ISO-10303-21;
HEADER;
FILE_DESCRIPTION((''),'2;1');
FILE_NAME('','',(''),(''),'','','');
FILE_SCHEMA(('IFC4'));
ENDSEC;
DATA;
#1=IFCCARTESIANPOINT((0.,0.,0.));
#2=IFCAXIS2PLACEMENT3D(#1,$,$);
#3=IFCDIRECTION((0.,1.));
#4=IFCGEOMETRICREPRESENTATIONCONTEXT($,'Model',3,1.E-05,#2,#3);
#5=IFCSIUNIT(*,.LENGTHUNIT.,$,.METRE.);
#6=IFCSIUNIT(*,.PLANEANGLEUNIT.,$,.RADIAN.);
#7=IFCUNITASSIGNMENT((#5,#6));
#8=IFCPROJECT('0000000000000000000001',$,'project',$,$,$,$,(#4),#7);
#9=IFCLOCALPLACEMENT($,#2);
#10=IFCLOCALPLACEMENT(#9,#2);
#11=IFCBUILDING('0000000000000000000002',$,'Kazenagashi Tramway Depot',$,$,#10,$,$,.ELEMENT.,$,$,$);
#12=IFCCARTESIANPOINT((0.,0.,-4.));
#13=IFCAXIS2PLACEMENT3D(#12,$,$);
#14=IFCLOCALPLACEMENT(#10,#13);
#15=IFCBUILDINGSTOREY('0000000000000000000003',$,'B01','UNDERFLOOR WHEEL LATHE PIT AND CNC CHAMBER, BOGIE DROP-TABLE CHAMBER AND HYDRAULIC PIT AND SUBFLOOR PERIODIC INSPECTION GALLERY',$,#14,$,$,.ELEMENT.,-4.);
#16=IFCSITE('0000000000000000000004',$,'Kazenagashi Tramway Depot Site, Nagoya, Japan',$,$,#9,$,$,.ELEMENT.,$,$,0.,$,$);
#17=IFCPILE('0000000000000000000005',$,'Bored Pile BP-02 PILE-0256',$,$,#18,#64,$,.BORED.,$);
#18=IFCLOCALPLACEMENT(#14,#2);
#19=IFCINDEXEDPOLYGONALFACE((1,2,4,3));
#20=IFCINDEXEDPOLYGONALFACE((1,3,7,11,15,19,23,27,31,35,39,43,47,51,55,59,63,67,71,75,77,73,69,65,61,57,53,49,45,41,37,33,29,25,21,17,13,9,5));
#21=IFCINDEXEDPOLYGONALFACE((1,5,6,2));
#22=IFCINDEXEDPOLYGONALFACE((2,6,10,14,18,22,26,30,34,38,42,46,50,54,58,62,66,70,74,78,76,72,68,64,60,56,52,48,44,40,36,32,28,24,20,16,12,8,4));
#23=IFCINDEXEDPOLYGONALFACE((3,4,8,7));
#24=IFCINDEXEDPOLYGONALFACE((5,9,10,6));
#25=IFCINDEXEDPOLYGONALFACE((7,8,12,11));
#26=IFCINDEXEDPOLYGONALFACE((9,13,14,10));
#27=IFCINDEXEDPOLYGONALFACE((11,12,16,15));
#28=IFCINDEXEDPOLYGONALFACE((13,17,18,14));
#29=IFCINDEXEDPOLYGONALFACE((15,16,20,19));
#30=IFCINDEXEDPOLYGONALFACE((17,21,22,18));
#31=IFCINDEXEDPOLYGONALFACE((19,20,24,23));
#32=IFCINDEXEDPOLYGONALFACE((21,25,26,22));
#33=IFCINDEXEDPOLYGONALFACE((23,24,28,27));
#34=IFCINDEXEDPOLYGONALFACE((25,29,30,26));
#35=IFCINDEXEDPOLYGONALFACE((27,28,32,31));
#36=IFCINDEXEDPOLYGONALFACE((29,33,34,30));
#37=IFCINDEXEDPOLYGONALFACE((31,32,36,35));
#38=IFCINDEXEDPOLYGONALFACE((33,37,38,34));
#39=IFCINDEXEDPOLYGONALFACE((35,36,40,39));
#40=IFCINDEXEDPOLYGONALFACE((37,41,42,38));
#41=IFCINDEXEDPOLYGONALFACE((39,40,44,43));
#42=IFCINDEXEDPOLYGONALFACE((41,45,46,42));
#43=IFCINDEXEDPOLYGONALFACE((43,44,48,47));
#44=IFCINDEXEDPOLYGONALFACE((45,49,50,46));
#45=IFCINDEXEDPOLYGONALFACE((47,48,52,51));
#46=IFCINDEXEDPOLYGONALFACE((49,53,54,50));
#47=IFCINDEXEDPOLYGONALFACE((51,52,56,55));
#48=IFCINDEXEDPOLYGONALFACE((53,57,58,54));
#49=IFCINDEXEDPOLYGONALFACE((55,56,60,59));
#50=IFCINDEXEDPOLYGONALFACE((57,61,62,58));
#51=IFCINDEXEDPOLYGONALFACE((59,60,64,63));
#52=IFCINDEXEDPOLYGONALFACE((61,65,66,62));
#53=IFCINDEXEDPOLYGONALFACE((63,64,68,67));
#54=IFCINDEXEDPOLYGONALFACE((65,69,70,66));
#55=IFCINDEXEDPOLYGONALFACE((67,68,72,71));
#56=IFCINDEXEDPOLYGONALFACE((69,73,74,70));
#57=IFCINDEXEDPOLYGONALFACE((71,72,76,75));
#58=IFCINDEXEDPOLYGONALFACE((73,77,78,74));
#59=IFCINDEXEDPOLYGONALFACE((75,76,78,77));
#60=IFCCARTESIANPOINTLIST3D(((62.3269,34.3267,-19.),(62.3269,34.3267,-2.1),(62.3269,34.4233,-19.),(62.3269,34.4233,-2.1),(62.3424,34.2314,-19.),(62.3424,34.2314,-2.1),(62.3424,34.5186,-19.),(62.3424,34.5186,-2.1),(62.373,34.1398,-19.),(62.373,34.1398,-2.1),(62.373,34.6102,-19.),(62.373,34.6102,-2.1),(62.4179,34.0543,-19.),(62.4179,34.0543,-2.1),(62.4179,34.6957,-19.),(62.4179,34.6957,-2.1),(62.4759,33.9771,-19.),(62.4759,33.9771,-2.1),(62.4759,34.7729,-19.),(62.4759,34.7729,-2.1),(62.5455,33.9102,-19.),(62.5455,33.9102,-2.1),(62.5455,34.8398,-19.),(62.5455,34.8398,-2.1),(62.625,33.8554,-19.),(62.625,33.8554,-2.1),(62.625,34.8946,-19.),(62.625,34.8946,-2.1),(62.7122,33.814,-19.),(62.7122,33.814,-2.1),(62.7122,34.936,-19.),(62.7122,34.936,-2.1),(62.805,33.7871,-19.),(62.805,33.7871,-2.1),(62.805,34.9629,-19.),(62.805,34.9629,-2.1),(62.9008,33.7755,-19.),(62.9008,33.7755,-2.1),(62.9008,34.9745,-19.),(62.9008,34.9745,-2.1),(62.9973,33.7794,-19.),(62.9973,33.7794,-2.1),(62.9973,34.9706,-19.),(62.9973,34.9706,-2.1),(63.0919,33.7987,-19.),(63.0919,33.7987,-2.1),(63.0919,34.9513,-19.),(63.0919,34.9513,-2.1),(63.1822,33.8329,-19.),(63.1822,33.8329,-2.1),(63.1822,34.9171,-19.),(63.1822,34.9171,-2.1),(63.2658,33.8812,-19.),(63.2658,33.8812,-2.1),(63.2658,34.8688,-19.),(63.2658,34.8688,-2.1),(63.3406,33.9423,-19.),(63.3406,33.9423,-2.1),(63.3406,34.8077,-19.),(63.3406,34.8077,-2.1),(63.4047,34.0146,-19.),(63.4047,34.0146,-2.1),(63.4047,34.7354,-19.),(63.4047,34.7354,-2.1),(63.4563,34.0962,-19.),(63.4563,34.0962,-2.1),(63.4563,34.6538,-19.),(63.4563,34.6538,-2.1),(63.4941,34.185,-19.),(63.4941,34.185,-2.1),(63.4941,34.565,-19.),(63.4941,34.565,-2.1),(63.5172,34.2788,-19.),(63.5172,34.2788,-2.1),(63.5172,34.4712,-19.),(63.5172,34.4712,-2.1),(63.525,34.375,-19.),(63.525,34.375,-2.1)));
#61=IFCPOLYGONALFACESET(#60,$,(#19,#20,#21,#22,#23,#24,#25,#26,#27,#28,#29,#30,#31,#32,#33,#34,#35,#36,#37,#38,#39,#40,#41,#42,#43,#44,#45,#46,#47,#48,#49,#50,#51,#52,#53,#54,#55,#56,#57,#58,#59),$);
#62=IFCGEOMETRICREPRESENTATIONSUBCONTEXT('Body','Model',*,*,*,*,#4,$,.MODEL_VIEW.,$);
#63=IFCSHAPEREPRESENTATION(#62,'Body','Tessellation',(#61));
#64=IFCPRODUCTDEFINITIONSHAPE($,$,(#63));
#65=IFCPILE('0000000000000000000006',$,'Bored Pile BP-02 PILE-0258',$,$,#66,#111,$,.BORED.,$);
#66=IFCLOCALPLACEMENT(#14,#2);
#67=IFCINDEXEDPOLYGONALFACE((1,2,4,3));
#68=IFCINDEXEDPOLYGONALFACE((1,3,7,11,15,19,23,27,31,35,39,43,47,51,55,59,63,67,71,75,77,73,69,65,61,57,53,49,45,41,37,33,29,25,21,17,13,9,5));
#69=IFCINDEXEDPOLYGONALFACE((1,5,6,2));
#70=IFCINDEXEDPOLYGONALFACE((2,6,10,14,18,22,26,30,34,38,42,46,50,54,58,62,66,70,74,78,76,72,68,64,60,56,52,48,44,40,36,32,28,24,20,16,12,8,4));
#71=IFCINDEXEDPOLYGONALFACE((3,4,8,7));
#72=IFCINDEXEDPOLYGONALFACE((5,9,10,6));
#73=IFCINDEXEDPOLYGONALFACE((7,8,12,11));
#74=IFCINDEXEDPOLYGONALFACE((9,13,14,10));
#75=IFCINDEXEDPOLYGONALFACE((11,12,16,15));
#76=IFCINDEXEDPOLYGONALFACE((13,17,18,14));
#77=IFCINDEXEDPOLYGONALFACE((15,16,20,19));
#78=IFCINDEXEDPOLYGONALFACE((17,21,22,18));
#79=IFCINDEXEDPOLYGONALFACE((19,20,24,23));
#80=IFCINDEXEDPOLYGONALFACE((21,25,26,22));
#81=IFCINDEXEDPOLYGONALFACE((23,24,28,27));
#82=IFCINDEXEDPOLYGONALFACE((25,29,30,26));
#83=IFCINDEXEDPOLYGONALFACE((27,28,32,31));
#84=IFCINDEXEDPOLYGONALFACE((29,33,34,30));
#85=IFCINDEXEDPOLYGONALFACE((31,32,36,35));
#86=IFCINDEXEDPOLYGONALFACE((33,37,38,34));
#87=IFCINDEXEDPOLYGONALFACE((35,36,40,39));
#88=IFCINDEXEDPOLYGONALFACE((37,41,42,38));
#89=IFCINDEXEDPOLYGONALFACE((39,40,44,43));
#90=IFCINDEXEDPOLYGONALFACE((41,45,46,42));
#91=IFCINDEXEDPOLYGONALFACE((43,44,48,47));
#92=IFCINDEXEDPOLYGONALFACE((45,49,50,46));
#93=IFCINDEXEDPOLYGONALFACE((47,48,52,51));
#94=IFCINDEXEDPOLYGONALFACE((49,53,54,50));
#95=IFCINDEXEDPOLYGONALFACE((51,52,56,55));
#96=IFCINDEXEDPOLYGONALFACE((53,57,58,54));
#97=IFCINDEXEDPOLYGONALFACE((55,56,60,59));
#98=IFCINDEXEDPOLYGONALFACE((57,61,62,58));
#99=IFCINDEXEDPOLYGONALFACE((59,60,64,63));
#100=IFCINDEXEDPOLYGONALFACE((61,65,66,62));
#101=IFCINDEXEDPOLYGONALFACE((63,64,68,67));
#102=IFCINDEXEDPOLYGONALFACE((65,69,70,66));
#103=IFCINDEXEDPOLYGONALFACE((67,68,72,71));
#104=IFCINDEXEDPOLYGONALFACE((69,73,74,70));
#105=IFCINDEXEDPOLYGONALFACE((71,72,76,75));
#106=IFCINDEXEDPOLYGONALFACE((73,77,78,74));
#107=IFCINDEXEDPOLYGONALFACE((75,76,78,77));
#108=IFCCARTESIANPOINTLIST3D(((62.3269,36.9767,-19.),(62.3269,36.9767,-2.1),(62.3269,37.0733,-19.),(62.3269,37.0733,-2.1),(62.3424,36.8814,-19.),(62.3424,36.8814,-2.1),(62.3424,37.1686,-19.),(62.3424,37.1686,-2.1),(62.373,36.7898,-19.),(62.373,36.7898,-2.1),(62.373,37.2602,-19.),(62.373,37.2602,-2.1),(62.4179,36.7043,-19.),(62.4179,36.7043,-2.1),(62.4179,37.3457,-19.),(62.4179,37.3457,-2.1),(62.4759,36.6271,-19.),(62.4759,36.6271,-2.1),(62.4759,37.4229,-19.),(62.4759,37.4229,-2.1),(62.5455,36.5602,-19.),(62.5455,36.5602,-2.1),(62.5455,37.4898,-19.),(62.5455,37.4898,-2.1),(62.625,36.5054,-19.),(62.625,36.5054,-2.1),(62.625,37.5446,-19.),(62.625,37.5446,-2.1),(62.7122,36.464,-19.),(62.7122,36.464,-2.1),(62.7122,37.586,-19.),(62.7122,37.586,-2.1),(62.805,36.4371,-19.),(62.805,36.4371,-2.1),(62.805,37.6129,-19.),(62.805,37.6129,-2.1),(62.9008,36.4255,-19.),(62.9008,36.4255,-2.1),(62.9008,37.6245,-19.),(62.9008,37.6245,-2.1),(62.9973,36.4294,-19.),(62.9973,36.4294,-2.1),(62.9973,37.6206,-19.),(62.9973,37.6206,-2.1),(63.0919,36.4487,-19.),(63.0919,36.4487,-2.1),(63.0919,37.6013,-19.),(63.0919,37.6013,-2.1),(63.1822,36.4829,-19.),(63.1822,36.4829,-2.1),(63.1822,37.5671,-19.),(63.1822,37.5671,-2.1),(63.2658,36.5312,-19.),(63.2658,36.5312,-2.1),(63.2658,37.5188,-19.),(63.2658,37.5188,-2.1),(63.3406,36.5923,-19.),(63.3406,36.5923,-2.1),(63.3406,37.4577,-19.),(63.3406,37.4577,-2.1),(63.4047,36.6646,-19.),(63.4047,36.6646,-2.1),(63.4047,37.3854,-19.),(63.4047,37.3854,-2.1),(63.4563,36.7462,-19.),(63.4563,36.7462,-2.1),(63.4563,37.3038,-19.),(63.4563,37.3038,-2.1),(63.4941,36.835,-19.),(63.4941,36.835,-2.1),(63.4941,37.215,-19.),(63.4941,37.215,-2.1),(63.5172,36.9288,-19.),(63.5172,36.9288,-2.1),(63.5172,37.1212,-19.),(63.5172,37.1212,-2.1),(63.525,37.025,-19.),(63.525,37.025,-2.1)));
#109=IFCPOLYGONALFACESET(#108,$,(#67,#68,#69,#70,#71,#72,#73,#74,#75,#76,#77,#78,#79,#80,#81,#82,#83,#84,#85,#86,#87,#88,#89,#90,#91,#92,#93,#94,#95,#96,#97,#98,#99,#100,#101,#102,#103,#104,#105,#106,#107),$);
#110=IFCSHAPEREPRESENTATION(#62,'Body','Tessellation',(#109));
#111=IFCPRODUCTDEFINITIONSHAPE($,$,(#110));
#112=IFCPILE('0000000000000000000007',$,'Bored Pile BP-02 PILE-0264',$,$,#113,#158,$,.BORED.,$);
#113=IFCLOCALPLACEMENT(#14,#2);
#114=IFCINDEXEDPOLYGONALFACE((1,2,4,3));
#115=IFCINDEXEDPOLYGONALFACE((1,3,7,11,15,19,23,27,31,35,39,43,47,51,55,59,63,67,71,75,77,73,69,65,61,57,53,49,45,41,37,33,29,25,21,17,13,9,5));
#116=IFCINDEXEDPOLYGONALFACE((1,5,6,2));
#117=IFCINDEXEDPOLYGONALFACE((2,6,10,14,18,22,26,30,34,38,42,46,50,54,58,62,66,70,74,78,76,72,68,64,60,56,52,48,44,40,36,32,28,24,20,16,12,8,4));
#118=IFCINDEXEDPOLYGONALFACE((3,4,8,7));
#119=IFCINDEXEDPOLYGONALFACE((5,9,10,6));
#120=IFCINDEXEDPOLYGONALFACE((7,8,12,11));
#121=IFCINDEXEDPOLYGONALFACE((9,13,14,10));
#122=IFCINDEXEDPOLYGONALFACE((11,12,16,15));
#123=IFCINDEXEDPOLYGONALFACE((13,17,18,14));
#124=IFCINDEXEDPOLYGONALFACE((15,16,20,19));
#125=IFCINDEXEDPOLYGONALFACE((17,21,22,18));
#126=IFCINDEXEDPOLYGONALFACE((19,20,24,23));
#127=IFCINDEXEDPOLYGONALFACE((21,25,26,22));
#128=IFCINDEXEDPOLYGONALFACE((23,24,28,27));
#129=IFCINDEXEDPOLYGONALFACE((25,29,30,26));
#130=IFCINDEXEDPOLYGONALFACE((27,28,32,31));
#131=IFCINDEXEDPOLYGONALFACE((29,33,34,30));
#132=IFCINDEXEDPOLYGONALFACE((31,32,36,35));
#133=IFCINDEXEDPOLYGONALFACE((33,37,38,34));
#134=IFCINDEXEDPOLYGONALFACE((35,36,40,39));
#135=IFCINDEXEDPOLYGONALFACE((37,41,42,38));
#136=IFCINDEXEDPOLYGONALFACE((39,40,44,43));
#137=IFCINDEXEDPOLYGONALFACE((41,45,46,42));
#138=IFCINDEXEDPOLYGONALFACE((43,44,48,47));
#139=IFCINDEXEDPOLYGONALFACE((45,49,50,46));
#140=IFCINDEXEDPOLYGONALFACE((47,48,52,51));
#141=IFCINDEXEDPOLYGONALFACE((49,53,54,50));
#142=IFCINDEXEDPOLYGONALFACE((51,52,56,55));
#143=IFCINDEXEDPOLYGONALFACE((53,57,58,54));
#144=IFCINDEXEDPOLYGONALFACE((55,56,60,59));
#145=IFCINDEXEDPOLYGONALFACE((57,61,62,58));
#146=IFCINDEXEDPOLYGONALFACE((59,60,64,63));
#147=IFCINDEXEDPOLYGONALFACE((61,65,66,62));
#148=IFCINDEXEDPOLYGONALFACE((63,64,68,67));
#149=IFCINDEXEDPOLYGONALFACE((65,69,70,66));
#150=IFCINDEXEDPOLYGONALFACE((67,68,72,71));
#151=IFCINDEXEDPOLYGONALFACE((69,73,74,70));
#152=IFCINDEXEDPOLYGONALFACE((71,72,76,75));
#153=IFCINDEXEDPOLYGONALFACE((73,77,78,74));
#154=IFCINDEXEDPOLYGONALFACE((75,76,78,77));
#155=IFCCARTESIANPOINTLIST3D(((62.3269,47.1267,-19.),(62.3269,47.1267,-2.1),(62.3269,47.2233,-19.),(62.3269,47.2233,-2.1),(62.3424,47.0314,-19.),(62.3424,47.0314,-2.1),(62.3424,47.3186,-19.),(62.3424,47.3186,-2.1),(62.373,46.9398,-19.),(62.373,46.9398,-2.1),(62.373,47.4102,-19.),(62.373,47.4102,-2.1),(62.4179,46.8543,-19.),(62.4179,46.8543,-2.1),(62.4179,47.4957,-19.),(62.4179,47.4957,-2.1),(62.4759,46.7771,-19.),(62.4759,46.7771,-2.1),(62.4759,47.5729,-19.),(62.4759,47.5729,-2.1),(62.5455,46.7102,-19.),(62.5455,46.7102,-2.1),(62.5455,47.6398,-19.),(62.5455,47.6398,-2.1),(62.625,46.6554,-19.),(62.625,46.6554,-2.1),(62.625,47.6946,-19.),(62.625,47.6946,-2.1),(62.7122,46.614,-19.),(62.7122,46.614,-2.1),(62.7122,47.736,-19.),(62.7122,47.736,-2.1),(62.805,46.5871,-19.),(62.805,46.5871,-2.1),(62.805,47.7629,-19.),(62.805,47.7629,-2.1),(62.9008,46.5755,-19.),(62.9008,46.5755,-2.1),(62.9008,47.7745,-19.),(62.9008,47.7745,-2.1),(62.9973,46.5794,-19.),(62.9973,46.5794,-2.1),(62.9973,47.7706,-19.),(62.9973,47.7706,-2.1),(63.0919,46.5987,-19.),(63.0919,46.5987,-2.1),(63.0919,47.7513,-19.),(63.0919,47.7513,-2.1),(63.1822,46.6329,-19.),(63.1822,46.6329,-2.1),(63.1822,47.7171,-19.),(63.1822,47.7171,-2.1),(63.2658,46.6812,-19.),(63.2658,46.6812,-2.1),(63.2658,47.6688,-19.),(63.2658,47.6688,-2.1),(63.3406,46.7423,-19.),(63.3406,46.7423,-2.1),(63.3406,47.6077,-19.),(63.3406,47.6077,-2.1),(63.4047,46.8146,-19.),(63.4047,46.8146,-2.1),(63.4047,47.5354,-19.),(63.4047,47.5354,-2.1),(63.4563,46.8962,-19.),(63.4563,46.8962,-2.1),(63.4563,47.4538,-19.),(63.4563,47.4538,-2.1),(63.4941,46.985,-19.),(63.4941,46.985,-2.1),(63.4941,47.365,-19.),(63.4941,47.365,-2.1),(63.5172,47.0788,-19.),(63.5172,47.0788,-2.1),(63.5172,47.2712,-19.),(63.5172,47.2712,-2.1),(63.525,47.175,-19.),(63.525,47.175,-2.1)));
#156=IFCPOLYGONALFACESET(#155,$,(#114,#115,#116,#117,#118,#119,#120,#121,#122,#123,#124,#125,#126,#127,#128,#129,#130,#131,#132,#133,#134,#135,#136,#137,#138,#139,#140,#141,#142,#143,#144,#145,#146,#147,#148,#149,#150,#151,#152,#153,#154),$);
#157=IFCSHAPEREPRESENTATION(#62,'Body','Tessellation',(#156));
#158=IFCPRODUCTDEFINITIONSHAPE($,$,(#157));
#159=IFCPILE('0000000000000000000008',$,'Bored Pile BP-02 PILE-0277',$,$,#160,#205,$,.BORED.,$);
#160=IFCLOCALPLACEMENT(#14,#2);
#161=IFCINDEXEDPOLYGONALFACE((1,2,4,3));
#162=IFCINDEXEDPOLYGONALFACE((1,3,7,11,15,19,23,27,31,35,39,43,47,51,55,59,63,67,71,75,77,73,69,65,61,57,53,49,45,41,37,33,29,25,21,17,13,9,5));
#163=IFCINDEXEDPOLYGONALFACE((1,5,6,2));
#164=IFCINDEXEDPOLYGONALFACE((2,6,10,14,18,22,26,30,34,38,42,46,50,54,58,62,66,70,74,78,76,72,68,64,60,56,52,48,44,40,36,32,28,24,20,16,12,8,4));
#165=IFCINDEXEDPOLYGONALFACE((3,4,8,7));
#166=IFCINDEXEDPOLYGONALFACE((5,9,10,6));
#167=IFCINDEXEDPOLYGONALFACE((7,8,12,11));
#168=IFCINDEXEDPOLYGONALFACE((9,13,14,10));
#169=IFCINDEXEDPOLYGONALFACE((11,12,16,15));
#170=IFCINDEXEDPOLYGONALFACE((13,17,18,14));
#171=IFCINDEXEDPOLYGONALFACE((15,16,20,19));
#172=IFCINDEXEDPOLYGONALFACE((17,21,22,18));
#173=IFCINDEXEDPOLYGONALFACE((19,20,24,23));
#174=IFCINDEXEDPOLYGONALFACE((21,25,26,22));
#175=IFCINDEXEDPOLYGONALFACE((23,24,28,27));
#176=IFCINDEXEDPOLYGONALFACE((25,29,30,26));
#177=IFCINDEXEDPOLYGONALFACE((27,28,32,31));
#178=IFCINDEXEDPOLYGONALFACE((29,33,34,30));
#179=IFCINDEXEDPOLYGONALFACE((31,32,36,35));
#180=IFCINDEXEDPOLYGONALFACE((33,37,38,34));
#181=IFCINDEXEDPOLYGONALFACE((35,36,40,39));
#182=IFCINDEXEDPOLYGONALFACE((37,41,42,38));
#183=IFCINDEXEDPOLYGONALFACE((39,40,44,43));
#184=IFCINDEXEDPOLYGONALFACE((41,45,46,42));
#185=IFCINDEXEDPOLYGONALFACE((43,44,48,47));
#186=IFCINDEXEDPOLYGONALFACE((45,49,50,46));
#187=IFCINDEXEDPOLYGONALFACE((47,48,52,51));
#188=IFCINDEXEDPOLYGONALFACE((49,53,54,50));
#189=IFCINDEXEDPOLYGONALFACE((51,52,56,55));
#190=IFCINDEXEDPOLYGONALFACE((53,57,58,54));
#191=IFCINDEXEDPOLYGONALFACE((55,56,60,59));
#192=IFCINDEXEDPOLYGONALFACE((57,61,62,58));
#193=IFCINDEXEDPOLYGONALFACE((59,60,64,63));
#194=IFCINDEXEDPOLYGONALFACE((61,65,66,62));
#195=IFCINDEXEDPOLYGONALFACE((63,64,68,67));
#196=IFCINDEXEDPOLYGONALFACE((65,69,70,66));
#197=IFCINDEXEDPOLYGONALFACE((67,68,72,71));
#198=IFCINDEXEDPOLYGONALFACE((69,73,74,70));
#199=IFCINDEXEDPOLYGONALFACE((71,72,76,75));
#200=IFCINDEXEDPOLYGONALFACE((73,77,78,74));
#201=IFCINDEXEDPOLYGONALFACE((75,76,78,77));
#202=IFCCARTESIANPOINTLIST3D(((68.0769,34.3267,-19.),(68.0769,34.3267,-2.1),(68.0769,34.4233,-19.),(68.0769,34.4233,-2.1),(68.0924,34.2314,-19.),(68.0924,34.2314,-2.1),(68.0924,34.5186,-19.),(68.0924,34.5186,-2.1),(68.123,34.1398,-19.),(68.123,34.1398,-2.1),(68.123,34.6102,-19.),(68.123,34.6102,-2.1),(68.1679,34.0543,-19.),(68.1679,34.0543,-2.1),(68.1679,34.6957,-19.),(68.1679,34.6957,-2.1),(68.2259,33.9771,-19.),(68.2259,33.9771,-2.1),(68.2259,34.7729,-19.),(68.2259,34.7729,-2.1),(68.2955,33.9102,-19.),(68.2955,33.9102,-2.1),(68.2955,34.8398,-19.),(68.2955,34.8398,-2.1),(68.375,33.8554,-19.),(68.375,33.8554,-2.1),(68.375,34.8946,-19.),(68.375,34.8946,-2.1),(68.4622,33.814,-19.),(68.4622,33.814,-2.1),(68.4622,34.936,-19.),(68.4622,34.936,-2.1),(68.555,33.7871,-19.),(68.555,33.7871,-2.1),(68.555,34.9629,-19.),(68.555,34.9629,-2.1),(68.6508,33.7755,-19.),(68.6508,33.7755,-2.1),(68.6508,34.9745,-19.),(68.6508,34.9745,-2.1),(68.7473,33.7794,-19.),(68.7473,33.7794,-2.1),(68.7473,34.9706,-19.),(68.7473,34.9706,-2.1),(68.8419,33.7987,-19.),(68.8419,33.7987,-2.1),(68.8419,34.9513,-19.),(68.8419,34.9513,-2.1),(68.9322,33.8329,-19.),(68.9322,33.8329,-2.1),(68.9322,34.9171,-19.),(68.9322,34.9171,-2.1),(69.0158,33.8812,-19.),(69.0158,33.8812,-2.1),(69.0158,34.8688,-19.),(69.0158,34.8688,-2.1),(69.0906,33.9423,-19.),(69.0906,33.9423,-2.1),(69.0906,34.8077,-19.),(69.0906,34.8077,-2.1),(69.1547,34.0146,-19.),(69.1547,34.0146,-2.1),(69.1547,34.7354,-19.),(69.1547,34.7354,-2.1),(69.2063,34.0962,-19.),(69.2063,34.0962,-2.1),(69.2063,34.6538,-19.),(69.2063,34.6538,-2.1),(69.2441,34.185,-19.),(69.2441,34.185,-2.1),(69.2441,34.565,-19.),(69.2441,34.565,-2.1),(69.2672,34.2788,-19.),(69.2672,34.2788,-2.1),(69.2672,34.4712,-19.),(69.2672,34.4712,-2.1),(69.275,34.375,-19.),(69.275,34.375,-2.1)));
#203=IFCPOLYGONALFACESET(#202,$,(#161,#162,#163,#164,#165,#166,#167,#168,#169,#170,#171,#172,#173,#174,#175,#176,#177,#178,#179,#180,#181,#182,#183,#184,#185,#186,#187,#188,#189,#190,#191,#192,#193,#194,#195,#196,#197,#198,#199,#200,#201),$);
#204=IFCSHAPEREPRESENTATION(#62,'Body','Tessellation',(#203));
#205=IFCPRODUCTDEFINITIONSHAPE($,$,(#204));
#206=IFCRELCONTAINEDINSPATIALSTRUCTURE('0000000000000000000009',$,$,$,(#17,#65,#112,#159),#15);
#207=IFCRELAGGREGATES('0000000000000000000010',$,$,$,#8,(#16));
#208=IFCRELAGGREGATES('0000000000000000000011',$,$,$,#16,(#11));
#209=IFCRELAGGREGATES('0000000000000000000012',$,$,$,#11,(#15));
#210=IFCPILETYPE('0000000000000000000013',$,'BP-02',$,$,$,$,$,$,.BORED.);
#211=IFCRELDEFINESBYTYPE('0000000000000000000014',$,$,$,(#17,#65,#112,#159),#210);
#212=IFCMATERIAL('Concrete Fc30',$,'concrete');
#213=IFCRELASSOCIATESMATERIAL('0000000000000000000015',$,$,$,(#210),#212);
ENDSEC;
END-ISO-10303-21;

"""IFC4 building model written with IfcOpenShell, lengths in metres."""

from ifc_helpers import new_model, si_unit, direction, frame, origin, origin_2d, place, context, subcontext, project, spatial, circle, extrude, material, material_profile, profile_set, type_object, element, save


model = new_model("IFC4")

# Units and contexts
model_context = context("Model", 3, precision=1e-05, world=origin(), true_north=direction((0.0, 1.0)))
body_context = subcontext(model_context, "Body", "Model", "MODEL_VIEW")
ifc_project = project(units=[si_unit("LENGTHUNIT", "METRE"), si_unit("PLANEANGLEUNIT", "RADIAN")], contexts=[model_context])

# Site, building, storey
site_placement = place(None, origin())
site = spatial("IfcSite", under=ifc_project, at=site_placement, Name="Kazenagashi Tramway Depot Site, Nagoya, Japan", CompositionType="ELEMENT", RefElevation=0.0)
building_placement = place(site_placement, origin())
building = spatial("IfcBuilding", under=site, at=building_placement, Name="Kazenagashi Tramway Depot", CompositionType="ELEMENT")
storey_placement = place(building_placement, frame((0.0, 0.0, -4.0)))
storey = spatial("IfcBuildingStorey", under=building, at=storey_placement, Name="B01", Description="UNDERFLOOR WHEEL LATHE PIT AND CNC CHAMBER, BOGIE DROP-TABLE CHAMBER AND HYDRAULIC PIT AND SUBFLOOR PERIODIC INSPECTION GALLERY", CompositionType="ELEMENT", Elevation=-4.0)

# Piles
ifc_material_1 = material(Name="Concrete Fc30", Category="concrete")
ifc_material_profile_1 = material_profile(ifc_material_1, circle(Radius=0.6, at=origin_2d()), Name="PILE-1200")
ifc_profile_set_1 = profile_set([ifc_material_profile_1], Name="Concrete Fc30")
pile_type = type_object("IfcPileType", Name="BP-02", PredefinedType="BORED", material=ifc_profile_set_1)
for number, where, z_axis, x_axis, name in (
    (1, (62.925, 34.375, -2.1), (0.0, 0.0, -1.0), (1.0, 0.0, 0.0), "Bored Pile BP-02 PILE-0256"),
    (2, (62.925, 37.025, -2.1), (0.0, 0.0, -1.0), (1.0, 0.0, 0.0), "Bored Pile BP-02 PILE-0258"),
    (3, (62.925, 47.175, -2.1), (0.0, 0.0, -1.0), (1.0, 0.0, 0.0), "Bored Pile BP-02 PILE-0264"),
    (4, (68.675, 34.375, -2.1), (0.0, 0.0, -1.0), (1.0, 0.0, 0.0), "Bored Pile BP-02 PILE-0277"),
):
    element("IfcPile", number, at=place(storey_placement, frame(where, z_axis=z_axis, x_axis=x_axis)), inside=storey, type_object=pile_type, Name=name, PredefinedType="BORED", context=body_context, shape_type="SweptSolid", body=[
        extrude(circle(Radius=0.6, at=origin_2d()), origin(), (0.0, 0.0, 1.0), 16.9),
    ])

save(model, "model.ifc")
